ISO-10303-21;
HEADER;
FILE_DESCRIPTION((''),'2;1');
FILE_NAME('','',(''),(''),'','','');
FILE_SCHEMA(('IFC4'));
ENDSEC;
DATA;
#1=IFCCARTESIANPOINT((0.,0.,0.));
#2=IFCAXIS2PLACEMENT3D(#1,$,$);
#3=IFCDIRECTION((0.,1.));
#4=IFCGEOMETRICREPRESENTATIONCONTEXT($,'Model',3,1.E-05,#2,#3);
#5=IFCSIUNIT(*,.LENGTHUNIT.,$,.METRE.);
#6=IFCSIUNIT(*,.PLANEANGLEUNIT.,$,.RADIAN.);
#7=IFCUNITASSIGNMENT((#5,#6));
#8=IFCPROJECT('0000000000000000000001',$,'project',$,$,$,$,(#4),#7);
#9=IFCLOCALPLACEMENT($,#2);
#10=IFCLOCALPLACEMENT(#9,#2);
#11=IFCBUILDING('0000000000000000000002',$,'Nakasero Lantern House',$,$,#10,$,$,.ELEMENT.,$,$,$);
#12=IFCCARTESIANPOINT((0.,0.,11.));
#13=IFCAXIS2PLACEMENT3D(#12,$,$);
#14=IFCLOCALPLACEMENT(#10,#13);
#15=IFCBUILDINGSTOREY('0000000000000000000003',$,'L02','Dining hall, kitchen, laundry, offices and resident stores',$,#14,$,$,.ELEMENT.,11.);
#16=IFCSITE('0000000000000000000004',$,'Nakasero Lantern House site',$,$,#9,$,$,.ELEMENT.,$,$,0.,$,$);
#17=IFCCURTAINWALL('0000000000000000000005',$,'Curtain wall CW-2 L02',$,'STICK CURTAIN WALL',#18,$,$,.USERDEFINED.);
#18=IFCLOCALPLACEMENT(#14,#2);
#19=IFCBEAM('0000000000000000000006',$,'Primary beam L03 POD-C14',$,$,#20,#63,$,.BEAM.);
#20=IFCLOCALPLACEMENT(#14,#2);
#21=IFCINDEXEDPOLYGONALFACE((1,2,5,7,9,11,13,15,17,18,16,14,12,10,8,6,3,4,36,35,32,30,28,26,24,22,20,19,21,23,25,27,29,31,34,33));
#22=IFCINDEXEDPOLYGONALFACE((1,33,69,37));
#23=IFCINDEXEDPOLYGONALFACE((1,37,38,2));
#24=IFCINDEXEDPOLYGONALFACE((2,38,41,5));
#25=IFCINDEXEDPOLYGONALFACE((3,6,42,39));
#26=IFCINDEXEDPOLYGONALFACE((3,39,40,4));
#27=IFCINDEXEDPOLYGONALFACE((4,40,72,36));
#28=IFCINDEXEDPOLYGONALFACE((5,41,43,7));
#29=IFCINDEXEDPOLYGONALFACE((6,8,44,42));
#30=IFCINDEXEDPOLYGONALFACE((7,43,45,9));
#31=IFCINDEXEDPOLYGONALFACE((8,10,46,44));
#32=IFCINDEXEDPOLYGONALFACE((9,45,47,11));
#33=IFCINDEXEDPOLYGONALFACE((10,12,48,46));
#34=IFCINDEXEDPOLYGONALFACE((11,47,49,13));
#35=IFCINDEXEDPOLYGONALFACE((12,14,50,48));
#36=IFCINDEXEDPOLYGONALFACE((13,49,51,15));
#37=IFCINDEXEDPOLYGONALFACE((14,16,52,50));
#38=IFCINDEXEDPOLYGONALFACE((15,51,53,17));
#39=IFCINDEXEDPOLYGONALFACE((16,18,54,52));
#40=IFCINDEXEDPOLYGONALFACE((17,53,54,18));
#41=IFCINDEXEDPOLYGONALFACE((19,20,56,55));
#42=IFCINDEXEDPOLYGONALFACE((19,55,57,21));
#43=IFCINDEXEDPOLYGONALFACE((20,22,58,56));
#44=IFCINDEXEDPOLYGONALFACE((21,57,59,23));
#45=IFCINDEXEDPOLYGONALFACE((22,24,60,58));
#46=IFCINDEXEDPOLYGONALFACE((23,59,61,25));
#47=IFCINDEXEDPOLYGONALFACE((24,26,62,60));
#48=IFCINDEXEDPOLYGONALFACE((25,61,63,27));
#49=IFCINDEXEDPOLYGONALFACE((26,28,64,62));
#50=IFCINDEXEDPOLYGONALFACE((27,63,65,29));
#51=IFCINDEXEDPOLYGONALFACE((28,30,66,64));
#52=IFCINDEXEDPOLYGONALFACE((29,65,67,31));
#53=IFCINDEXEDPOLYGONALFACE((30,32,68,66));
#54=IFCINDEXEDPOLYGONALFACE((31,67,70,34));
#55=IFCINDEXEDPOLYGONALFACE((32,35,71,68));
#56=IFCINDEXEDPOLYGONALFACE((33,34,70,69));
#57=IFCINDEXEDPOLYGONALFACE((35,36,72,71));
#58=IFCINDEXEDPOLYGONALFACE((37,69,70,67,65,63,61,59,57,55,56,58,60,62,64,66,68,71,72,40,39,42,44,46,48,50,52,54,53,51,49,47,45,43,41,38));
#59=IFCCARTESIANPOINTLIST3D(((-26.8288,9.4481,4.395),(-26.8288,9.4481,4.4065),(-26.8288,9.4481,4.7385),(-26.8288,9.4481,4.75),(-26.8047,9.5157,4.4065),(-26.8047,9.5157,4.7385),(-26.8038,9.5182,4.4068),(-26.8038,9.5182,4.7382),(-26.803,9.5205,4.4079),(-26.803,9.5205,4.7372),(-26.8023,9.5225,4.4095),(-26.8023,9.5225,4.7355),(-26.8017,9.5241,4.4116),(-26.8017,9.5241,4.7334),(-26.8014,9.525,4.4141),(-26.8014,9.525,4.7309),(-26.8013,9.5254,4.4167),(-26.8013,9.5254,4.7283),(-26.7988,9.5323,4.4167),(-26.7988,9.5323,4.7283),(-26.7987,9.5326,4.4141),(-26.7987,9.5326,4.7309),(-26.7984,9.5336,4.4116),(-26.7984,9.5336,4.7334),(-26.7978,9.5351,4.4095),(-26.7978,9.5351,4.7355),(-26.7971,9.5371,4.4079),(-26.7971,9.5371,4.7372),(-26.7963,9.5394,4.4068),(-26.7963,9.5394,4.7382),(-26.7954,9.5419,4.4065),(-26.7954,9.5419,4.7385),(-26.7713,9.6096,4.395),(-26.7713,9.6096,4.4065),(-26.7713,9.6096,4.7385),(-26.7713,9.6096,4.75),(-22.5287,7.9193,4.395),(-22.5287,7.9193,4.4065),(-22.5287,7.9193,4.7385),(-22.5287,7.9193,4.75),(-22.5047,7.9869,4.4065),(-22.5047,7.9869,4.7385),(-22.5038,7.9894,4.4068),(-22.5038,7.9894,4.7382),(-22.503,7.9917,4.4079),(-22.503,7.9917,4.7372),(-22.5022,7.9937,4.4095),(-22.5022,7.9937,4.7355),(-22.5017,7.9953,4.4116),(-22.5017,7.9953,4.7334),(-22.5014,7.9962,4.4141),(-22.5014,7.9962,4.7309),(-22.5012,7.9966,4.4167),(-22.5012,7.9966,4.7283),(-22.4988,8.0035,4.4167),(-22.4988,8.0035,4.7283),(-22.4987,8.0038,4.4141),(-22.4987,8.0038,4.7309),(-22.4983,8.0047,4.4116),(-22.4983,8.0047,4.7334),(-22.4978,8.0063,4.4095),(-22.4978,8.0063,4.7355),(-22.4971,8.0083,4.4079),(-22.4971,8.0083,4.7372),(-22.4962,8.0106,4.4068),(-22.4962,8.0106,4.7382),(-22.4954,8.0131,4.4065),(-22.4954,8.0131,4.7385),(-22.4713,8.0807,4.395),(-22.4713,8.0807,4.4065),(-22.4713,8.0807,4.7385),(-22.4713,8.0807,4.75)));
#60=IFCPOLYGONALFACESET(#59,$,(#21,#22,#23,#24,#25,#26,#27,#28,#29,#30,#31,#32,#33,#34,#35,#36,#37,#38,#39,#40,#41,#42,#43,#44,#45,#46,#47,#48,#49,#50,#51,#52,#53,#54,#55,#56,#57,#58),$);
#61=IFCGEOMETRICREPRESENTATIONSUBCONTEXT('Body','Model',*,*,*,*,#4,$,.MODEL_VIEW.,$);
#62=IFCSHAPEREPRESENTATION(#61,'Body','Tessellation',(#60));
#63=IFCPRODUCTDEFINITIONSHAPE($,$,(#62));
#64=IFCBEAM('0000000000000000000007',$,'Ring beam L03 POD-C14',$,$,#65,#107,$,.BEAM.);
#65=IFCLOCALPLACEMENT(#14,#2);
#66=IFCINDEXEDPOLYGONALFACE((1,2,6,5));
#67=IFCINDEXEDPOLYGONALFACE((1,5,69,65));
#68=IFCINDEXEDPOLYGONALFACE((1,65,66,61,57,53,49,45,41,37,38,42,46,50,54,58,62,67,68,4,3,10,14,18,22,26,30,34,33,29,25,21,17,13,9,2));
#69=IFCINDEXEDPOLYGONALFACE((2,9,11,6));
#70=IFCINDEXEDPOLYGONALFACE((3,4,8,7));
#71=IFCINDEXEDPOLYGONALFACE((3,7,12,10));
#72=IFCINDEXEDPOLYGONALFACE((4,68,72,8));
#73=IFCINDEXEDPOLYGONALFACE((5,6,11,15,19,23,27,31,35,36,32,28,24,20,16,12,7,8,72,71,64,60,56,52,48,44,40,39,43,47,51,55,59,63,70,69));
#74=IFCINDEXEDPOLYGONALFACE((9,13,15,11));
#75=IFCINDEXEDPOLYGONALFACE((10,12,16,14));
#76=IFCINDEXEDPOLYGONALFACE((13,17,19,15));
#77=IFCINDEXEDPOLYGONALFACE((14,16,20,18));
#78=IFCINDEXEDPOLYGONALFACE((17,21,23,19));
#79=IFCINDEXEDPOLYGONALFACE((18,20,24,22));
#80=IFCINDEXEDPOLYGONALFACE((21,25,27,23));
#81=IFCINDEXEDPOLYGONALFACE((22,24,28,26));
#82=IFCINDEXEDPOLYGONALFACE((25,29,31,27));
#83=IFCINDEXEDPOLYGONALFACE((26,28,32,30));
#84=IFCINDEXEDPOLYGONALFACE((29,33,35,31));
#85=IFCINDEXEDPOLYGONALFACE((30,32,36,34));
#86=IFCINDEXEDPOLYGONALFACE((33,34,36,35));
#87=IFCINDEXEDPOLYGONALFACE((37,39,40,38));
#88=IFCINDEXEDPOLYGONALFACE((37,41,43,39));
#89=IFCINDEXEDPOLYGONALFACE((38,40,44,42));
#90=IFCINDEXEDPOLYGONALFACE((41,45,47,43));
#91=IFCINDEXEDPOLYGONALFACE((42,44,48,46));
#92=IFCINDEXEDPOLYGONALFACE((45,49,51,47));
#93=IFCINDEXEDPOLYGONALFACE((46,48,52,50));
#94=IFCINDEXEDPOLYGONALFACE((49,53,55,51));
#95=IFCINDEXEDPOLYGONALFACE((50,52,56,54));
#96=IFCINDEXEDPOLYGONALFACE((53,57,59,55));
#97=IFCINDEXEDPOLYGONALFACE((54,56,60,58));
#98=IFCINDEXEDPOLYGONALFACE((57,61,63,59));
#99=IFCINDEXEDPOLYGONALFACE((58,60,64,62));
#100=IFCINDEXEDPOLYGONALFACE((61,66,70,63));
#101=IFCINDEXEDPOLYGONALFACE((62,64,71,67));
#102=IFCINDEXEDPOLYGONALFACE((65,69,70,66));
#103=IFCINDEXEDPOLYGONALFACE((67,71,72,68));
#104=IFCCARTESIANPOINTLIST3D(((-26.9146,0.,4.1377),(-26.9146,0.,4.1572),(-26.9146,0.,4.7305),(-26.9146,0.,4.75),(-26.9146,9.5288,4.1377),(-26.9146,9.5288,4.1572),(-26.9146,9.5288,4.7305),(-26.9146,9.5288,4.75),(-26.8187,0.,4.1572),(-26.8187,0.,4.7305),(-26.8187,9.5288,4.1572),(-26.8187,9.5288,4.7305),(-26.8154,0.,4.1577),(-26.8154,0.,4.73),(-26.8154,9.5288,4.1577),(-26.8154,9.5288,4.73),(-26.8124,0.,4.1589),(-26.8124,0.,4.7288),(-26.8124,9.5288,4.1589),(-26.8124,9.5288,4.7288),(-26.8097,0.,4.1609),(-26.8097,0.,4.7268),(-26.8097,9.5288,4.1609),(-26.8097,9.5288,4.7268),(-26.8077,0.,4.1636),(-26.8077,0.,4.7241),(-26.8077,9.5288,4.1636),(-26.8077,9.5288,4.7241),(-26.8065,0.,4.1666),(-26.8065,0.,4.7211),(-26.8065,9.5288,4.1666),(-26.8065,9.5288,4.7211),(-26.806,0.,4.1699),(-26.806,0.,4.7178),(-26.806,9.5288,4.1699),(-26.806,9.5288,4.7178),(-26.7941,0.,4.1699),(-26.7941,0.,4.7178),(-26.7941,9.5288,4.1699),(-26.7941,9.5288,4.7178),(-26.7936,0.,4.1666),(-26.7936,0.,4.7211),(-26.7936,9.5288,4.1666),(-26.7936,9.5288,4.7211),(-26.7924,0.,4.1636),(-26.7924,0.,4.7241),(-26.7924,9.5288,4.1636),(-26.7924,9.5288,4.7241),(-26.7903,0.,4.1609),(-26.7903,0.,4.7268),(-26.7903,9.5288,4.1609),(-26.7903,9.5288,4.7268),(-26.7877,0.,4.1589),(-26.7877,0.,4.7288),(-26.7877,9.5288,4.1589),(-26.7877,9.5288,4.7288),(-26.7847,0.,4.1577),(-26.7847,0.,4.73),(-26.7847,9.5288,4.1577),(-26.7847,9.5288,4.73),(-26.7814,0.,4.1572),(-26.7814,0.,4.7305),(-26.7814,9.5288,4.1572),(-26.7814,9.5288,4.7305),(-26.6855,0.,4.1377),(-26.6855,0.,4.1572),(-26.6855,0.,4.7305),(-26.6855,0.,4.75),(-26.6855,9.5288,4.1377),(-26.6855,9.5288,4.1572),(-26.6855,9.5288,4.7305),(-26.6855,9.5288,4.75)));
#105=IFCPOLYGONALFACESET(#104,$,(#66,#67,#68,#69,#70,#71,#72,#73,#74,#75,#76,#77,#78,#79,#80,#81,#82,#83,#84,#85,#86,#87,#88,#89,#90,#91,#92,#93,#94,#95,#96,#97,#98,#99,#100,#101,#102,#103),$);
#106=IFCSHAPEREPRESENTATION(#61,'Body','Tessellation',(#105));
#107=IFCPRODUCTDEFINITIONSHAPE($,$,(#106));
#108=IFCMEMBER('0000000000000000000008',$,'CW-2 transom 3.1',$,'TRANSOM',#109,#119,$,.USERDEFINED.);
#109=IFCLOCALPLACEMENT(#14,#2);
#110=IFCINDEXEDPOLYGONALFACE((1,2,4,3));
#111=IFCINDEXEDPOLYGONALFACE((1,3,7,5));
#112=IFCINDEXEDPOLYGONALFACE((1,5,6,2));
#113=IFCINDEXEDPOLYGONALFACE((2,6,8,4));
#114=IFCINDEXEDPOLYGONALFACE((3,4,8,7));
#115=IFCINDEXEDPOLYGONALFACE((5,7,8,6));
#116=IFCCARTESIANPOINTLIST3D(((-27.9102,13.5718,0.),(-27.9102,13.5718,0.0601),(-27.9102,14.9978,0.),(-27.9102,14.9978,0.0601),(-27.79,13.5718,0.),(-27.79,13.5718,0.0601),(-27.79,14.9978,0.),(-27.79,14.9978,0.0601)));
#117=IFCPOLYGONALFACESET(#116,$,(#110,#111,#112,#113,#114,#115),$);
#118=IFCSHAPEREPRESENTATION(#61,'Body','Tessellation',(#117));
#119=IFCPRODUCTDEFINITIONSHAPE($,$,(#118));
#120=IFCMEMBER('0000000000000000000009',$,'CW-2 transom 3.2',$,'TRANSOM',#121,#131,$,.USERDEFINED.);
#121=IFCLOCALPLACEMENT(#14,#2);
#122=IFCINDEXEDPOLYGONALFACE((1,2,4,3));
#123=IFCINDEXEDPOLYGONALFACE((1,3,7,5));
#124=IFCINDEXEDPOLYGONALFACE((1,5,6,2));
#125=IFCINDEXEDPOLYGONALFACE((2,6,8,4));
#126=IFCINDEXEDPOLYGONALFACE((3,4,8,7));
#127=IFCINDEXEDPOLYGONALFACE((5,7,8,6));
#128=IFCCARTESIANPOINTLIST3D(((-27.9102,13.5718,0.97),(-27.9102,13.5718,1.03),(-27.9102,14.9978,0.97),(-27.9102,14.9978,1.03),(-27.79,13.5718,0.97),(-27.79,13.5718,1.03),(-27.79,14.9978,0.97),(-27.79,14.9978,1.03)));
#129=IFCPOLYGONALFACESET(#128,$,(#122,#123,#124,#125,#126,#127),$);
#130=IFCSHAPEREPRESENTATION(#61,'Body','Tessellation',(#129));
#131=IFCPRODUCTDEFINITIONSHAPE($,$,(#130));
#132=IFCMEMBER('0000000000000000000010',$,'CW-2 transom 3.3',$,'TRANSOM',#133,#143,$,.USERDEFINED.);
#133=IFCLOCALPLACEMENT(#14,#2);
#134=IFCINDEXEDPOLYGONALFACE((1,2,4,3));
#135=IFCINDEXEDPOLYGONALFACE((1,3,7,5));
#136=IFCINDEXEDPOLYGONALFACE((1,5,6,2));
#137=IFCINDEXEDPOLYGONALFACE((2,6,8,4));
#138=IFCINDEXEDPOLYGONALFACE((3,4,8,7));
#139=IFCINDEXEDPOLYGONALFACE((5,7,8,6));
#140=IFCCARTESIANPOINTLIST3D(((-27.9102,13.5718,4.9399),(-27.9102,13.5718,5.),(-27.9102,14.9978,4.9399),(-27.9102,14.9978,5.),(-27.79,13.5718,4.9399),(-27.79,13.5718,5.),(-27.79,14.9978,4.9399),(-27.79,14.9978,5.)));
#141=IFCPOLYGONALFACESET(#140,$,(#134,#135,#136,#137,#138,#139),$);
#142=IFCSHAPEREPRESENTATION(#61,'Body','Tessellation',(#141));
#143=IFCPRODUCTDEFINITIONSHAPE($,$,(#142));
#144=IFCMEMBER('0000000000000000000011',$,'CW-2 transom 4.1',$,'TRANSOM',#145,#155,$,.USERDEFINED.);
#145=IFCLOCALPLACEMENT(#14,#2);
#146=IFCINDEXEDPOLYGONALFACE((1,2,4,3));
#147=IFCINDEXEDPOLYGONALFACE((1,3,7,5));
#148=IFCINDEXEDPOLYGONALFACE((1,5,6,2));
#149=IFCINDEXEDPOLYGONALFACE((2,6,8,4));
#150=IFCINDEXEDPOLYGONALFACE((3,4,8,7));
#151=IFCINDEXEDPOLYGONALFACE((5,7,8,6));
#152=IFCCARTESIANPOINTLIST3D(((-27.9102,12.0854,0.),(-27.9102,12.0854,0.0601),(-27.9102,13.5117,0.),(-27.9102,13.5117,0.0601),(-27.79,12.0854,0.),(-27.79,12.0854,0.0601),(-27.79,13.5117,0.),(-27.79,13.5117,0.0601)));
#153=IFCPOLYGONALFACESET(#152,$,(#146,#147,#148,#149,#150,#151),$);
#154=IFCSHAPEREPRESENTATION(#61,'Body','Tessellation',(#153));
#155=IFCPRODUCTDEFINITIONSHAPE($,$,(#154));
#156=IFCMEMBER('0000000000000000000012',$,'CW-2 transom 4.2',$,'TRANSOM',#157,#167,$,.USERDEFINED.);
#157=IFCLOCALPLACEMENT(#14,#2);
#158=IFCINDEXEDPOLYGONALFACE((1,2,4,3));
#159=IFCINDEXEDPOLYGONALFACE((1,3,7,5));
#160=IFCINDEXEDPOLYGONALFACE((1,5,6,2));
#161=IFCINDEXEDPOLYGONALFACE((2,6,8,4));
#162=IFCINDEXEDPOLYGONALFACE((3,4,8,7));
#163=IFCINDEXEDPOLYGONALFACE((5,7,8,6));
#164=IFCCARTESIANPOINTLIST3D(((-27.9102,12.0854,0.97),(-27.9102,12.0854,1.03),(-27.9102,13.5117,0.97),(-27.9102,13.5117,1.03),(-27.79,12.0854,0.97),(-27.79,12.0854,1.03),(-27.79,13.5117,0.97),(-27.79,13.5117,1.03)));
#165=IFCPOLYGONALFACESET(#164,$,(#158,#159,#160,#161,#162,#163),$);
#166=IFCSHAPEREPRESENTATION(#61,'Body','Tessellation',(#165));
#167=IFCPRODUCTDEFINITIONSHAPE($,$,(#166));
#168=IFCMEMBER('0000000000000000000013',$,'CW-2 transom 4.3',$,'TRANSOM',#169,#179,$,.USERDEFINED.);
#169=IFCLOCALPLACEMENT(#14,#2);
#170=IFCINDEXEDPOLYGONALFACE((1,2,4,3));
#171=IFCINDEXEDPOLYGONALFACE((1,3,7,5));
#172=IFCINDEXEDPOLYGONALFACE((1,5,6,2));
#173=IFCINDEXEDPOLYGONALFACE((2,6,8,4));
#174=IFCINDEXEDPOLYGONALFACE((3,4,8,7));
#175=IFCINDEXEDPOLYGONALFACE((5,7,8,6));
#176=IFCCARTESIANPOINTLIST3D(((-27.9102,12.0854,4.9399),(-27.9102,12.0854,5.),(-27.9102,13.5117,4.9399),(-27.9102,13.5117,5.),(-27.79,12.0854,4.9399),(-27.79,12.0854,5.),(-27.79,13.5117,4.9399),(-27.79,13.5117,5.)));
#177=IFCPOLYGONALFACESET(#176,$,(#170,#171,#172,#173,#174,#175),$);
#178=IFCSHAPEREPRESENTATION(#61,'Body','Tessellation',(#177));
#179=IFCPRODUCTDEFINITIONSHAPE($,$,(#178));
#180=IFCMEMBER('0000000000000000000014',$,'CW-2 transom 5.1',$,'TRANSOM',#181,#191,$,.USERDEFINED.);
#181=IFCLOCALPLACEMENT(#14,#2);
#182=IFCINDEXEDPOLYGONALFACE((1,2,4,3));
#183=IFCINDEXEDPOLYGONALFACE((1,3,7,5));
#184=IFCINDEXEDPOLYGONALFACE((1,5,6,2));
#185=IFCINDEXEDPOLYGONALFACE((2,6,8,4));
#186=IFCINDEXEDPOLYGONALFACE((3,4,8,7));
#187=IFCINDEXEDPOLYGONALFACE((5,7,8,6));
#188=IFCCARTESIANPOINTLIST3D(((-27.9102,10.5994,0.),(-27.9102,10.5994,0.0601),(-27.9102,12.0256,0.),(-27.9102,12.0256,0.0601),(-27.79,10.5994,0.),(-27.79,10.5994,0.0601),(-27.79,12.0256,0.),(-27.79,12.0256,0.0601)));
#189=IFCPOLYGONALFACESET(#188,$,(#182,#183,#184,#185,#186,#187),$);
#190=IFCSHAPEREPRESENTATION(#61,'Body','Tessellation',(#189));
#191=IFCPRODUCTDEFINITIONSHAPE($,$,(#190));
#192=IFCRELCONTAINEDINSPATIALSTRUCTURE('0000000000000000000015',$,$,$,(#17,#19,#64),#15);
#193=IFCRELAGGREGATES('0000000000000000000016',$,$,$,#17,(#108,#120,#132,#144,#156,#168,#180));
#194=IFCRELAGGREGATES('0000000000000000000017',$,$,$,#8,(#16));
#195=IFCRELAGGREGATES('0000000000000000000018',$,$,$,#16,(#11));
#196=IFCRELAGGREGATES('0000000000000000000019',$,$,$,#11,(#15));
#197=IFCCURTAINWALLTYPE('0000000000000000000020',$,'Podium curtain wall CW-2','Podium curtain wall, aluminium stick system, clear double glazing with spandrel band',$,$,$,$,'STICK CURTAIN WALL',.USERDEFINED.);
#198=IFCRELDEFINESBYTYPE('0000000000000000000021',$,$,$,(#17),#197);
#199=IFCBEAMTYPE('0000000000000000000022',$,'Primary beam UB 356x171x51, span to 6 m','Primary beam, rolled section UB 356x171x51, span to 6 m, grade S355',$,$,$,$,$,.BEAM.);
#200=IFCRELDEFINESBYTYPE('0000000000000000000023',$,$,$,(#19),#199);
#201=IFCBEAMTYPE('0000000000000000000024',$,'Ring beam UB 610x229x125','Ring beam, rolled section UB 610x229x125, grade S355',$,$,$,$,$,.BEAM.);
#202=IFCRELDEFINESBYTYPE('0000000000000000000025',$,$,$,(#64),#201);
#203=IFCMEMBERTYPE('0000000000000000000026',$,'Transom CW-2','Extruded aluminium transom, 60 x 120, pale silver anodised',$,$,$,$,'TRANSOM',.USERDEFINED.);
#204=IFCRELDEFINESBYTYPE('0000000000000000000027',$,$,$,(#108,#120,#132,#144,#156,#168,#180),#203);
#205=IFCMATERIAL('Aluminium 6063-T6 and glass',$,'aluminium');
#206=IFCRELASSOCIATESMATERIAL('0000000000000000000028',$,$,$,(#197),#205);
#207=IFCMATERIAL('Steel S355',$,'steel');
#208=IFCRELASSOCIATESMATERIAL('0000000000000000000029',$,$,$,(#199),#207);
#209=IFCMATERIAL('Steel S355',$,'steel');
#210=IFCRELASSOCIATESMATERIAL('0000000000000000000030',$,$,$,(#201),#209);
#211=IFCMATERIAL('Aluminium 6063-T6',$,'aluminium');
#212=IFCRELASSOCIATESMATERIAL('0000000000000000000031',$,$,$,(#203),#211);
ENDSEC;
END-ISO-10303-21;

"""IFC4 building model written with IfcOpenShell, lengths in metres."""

from ifc_helpers import new_model, si_unit, direction, frame, origin, origin_2d, place, context, subcontext, project, spatial, rectangle, i_section, extrude, material, material_profile, profile_set, type_object, element, aggregate, save


model = new_model("IFC4")

# Units and contexts
model_context = context("Model", 3, precision=1e-05, world=origin(), true_north=direction((0.0, 1.0)))
body_context = subcontext(model_context, "Body", "Model", "MODEL_VIEW")
ifc_project = project(units=[si_unit("LENGTHUNIT", "METRE"), si_unit("PLANEANGLEUNIT", "RADIAN")], contexts=[model_context])

# Site, building, storey
site_placement = place(None, origin())
site = spatial("IfcSite", under=ifc_project, at=site_placement, Name="Nakasero Lantern House site", CompositionType="ELEMENT", RefElevation=0.0)
building_placement = place(site_placement, origin())
building = spatial("IfcBuilding", under=site, at=building_placement, Name="Nakasero Lantern House", CompositionType="ELEMENT")
storey_placement = place(building_placement, frame((0.0, 0.0, 11.0)))
storey = spatial("IfcBuildingStorey", under=building, at=storey_placement, Name="L02", Description="Dining hall, kitchen, laundry, offices and resident stores", CompositionType="ELEMENT", Elevation=11.0)

# Curtain wall
ifc_material_1 = material(Name="Aluminium 6063-T6 and glass", Category="aluminium")
curtain_wall_type = type_object("IfcCurtainWallType", Name="Podium curtain wall CW-2", Description="Podium curtain wall, aluminium stick system, clear double glazing with spandrel band", ElementType="STICK CURTAIN WALL", PredefinedType="USERDEFINED", material=ifc_material_1)
curtain_wall_placement = place(storey_placement, origin())
curtain_wall = element("IfcCurtainWall", 1, at=curtain_wall_placement, inside=storey, type_object=curtain_wall_type, Name="Curtain wall CW-2 L02", ObjectType="STICK CURTAIN WALL", PredefinedType="USERDEFINED")

# Beams
ifc_material_2 = material(Name="Steel S355", Category="steel")
ifc_material_profile_1 = material_profile(ifc_material_2, i_section(OverallWidth=0.1714, OverallDepth=0.355, WebThickness=0.0073, FlangeThickness=0.0115, FilletRadius=0.0103, at=origin_2d()), Name="UB 356x171x51")
ifc_profile_set_1 = profile_set([ifc_material_profile_1], Name="Steel S355")
beam_type_1 = type_object("IfcBeamType", Name="Primary beam UB 356x171x51, span to 6 m", Description="Primary beam, rolled section UB 356x171x51, span to 6 m, grade S355", PredefinedType="BEAM", material=ifc_profile_set_1)
beam_1_placement = place(storey_placement, frame((-26.8, 9.5288, 4.5725), z_axis=(0.942221, -0.334991, 0.0), x_axis=(0.334991, 0.942221, 0.0)))
element("IfcBeam", 2, at=beam_1_placement, inside=storey, type_object=beam_type_1, Name="Primary beam L03 POD-C14", PredefinedType="BEAM", context=body_context, shape_type="SweptSolid", body=[
    extrude(i_section(OverallWidth=0.1714, OverallDepth=0.355, WebThickness=0.0073, FlangeThickness=0.0115, FilletRadius=0.0103, at=origin_2d()), origin(), (0.0, 0.0, 1.0), 4.5637),
])
ifc_material_3 = material(Name="Steel S355", Category="steel")
ifc_material_profile_2 = material_profile(ifc_material_3, i_section(OverallWidth=0.229, OverallDepth=0.6123, WebThickness=0.012, FlangeThickness=0.0195, FilletRadius=0.0127, at=origin_2d()), Name="UB 610x229x125")
ifc_profile_set_2 = profile_set([ifc_material_profile_2], Name="Steel S355")
beam_type_2 = type_object("IfcBeamType", Name="Ring beam UB 610x229x125", Description="Ring beam, rolled section UB 610x229x125, grade S355", PredefinedType="BEAM", material=ifc_profile_set_2)
beam_2_placement = place(storey_placement, frame((-26.8, 9.5288, 4.4438), z_axis=(0.0, -1.0, 0.0), x_axis=(1.0, 0.0, 0.0)))
element("IfcBeam", 3, at=beam_2_placement, inside=storey, type_object=beam_type_2, Name="Ring beam L03 POD-C14", PredefinedType="BEAM", context=body_context, shape_type="SweptSolid", body=[
    extrude(i_section(OverallWidth=0.229, OverallDepth=0.6123, WebThickness=0.012, FlangeThickness=0.0195, FilletRadius=0.0127, at=origin_2d()), origin(), (0.0, 0.0, 1.0), 9.5288),
])

# Members
ifc_material_4 = material(Name="Aluminium 6063-T6", Category="aluminium")
ifc_material_profile_3 = material_profile(ifc_material_4, rectangle(XDim=0.0601, YDim=0.1201, at=origin_2d()), Name="CW-2 transom 60x120")
ifc_profile_set_3 = profile_set([ifc_material_profile_3], Name="Aluminium 6063-T6")
member_type_1 = type_object("IfcMemberType", Name="Transom CW-2", Description="Extruded aluminium transom, 60 x 120, pale silver anodised", ElementType="TRANSOM", PredefinedType="USERDEFINED", material=ifc_profile_set_3)
member_1_placement = place(storey_placement, frame((-27.8501, 14.9978, 0.03), z_axis=(0.0, -1.0, 0.0), x_axis=(0.0, 0.0, 1.0)))
member_1 = element("IfcMember", 4, at=member_1_placement, type_object=member_type_1, Name="CW-2 transom 3.1", ObjectType="TRANSOM", PredefinedType="USERDEFINED", context=body_context, shape_type="SweptSolid", body=[
    extrude(rectangle(XDim=0.0601, YDim=0.1201, at=origin_2d()), origin(), (0.0, 0.0, 1.0), 1.426),
])
member_2_placement = place(storey_placement, frame((-27.8501, 14.9978, 1.0), z_axis=(0.0, -1.0, 0.0), x_axis=(0.0, 0.0, 1.0)))
member_2 = element("IfcMember", 5, at=member_2_placement, type_object=member_type_1, Name="CW-2 transom 3.2", ObjectType="TRANSOM", PredefinedType="USERDEFINED", context=body_context, shape_type="SweptSolid", body=[
    extrude(rectangle(XDim=0.0601, YDim=0.1201, at=origin_2d()), origin(), (0.0, 0.0, 1.0), 1.426),
])
member_3_placement = place(storey_placement, frame((-27.8501, 14.9978, 4.97), z_axis=(0.0, -1.0, 0.0), x_axis=(0.0, 0.0, 1.0)))
member_3 = element("IfcMember", 6, at=member_3_placement, type_object=member_type_1, Name="CW-2 transom 3.3", ObjectType="TRANSOM", PredefinedType="USERDEFINED", context=body_context, shape_type="SweptSolid", body=[
    extrude(rectangle(XDim=0.0601, YDim=0.1201, at=origin_2d()), origin(), (0.0, 0.0, 1.0), 1.426),
])
member_4_placement = place(storey_placement, frame((-27.8501, 13.5117, 0.03), z_axis=(0.0, -1.0, 0.0), x_axis=(0.0, 0.0, 1.0)))
member_4 = element("IfcMember", 7, at=member_4_placement, type_object=member_type_1, Name="CW-2 transom 4.1", ObjectType="TRANSOM", PredefinedType="USERDEFINED", context=body_context, shape_type="SweptSolid", body=[
    extrude(rectangle(XDim=0.0601, YDim=0.1201, at=origin_2d()), origin(), (0.0, 0.0, 1.0), 1.4263),
])
member_5_placement = place(storey_placement, frame((-27.8501, 13.5117, 1.0), z_axis=(0.0, -1.0, 0.0), x_axis=(0.0, 0.0, 1.0)))
member_5 = element("IfcMember", 8, at=member_5_placement, type_object=member_type_1, Name="CW-2 transom 4.2", ObjectType="TRANSOM", PredefinedType="USERDEFINED", context=body_context, shape_type="SweptSolid", body=[
    extrude(rectangle(XDim=0.0601, YDim=0.1201, at=origin_2d()), origin(), (0.0, 0.0, 1.0), 1.4263),
])
member_6_placement = place(storey_placement, frame((-27.8501, 13.5117, 4.97), z_axis=(0.0, -1.0, 0.0), x_axis=(0.0, 0.0, 1.0)))
member_6 = element("IfcMember", 9, at=member_6_placement, type_object=member_type_1, Name="CW-2 transom 4.3", ObjectType="TRANSOM", PredefinedType="USERDEFINED", context=body_context, shape_type="SweptSolid", body=[
    extrude(rectangle(XDim=0.0601, YDim=0.1201, at=origin_2d()), origin(), (0.0, 0.0, 1.0), 1.4263),
])
member_7_placement = place(storey_placement, frame((-27.8501, 12.0256, 0.03), z_axis=(0.0, -1.0, 0.0), x_axis=(0.0, 0.0, 1.0)))
member_7 = element("IfcMember", 10, at=member_7_placement, type_object=member_type_1, Name="CW-2 transom 5.1", ObjectType="TRANSOM", PredefinedType="USERDEFINED", context=body_context, shape_type="SweptSolid", body=[
    extrude(rectangle(XDim=0.0601, YDim=0.1201, at=origin_2d()), origin(), (0.0, 0.0, 1.0), 1.4263),
])

aggregate(curtain_wall, [member_1, member_2, member_3, member_4, member_5, member_6, member_7])

save(model, "model.ifc")
